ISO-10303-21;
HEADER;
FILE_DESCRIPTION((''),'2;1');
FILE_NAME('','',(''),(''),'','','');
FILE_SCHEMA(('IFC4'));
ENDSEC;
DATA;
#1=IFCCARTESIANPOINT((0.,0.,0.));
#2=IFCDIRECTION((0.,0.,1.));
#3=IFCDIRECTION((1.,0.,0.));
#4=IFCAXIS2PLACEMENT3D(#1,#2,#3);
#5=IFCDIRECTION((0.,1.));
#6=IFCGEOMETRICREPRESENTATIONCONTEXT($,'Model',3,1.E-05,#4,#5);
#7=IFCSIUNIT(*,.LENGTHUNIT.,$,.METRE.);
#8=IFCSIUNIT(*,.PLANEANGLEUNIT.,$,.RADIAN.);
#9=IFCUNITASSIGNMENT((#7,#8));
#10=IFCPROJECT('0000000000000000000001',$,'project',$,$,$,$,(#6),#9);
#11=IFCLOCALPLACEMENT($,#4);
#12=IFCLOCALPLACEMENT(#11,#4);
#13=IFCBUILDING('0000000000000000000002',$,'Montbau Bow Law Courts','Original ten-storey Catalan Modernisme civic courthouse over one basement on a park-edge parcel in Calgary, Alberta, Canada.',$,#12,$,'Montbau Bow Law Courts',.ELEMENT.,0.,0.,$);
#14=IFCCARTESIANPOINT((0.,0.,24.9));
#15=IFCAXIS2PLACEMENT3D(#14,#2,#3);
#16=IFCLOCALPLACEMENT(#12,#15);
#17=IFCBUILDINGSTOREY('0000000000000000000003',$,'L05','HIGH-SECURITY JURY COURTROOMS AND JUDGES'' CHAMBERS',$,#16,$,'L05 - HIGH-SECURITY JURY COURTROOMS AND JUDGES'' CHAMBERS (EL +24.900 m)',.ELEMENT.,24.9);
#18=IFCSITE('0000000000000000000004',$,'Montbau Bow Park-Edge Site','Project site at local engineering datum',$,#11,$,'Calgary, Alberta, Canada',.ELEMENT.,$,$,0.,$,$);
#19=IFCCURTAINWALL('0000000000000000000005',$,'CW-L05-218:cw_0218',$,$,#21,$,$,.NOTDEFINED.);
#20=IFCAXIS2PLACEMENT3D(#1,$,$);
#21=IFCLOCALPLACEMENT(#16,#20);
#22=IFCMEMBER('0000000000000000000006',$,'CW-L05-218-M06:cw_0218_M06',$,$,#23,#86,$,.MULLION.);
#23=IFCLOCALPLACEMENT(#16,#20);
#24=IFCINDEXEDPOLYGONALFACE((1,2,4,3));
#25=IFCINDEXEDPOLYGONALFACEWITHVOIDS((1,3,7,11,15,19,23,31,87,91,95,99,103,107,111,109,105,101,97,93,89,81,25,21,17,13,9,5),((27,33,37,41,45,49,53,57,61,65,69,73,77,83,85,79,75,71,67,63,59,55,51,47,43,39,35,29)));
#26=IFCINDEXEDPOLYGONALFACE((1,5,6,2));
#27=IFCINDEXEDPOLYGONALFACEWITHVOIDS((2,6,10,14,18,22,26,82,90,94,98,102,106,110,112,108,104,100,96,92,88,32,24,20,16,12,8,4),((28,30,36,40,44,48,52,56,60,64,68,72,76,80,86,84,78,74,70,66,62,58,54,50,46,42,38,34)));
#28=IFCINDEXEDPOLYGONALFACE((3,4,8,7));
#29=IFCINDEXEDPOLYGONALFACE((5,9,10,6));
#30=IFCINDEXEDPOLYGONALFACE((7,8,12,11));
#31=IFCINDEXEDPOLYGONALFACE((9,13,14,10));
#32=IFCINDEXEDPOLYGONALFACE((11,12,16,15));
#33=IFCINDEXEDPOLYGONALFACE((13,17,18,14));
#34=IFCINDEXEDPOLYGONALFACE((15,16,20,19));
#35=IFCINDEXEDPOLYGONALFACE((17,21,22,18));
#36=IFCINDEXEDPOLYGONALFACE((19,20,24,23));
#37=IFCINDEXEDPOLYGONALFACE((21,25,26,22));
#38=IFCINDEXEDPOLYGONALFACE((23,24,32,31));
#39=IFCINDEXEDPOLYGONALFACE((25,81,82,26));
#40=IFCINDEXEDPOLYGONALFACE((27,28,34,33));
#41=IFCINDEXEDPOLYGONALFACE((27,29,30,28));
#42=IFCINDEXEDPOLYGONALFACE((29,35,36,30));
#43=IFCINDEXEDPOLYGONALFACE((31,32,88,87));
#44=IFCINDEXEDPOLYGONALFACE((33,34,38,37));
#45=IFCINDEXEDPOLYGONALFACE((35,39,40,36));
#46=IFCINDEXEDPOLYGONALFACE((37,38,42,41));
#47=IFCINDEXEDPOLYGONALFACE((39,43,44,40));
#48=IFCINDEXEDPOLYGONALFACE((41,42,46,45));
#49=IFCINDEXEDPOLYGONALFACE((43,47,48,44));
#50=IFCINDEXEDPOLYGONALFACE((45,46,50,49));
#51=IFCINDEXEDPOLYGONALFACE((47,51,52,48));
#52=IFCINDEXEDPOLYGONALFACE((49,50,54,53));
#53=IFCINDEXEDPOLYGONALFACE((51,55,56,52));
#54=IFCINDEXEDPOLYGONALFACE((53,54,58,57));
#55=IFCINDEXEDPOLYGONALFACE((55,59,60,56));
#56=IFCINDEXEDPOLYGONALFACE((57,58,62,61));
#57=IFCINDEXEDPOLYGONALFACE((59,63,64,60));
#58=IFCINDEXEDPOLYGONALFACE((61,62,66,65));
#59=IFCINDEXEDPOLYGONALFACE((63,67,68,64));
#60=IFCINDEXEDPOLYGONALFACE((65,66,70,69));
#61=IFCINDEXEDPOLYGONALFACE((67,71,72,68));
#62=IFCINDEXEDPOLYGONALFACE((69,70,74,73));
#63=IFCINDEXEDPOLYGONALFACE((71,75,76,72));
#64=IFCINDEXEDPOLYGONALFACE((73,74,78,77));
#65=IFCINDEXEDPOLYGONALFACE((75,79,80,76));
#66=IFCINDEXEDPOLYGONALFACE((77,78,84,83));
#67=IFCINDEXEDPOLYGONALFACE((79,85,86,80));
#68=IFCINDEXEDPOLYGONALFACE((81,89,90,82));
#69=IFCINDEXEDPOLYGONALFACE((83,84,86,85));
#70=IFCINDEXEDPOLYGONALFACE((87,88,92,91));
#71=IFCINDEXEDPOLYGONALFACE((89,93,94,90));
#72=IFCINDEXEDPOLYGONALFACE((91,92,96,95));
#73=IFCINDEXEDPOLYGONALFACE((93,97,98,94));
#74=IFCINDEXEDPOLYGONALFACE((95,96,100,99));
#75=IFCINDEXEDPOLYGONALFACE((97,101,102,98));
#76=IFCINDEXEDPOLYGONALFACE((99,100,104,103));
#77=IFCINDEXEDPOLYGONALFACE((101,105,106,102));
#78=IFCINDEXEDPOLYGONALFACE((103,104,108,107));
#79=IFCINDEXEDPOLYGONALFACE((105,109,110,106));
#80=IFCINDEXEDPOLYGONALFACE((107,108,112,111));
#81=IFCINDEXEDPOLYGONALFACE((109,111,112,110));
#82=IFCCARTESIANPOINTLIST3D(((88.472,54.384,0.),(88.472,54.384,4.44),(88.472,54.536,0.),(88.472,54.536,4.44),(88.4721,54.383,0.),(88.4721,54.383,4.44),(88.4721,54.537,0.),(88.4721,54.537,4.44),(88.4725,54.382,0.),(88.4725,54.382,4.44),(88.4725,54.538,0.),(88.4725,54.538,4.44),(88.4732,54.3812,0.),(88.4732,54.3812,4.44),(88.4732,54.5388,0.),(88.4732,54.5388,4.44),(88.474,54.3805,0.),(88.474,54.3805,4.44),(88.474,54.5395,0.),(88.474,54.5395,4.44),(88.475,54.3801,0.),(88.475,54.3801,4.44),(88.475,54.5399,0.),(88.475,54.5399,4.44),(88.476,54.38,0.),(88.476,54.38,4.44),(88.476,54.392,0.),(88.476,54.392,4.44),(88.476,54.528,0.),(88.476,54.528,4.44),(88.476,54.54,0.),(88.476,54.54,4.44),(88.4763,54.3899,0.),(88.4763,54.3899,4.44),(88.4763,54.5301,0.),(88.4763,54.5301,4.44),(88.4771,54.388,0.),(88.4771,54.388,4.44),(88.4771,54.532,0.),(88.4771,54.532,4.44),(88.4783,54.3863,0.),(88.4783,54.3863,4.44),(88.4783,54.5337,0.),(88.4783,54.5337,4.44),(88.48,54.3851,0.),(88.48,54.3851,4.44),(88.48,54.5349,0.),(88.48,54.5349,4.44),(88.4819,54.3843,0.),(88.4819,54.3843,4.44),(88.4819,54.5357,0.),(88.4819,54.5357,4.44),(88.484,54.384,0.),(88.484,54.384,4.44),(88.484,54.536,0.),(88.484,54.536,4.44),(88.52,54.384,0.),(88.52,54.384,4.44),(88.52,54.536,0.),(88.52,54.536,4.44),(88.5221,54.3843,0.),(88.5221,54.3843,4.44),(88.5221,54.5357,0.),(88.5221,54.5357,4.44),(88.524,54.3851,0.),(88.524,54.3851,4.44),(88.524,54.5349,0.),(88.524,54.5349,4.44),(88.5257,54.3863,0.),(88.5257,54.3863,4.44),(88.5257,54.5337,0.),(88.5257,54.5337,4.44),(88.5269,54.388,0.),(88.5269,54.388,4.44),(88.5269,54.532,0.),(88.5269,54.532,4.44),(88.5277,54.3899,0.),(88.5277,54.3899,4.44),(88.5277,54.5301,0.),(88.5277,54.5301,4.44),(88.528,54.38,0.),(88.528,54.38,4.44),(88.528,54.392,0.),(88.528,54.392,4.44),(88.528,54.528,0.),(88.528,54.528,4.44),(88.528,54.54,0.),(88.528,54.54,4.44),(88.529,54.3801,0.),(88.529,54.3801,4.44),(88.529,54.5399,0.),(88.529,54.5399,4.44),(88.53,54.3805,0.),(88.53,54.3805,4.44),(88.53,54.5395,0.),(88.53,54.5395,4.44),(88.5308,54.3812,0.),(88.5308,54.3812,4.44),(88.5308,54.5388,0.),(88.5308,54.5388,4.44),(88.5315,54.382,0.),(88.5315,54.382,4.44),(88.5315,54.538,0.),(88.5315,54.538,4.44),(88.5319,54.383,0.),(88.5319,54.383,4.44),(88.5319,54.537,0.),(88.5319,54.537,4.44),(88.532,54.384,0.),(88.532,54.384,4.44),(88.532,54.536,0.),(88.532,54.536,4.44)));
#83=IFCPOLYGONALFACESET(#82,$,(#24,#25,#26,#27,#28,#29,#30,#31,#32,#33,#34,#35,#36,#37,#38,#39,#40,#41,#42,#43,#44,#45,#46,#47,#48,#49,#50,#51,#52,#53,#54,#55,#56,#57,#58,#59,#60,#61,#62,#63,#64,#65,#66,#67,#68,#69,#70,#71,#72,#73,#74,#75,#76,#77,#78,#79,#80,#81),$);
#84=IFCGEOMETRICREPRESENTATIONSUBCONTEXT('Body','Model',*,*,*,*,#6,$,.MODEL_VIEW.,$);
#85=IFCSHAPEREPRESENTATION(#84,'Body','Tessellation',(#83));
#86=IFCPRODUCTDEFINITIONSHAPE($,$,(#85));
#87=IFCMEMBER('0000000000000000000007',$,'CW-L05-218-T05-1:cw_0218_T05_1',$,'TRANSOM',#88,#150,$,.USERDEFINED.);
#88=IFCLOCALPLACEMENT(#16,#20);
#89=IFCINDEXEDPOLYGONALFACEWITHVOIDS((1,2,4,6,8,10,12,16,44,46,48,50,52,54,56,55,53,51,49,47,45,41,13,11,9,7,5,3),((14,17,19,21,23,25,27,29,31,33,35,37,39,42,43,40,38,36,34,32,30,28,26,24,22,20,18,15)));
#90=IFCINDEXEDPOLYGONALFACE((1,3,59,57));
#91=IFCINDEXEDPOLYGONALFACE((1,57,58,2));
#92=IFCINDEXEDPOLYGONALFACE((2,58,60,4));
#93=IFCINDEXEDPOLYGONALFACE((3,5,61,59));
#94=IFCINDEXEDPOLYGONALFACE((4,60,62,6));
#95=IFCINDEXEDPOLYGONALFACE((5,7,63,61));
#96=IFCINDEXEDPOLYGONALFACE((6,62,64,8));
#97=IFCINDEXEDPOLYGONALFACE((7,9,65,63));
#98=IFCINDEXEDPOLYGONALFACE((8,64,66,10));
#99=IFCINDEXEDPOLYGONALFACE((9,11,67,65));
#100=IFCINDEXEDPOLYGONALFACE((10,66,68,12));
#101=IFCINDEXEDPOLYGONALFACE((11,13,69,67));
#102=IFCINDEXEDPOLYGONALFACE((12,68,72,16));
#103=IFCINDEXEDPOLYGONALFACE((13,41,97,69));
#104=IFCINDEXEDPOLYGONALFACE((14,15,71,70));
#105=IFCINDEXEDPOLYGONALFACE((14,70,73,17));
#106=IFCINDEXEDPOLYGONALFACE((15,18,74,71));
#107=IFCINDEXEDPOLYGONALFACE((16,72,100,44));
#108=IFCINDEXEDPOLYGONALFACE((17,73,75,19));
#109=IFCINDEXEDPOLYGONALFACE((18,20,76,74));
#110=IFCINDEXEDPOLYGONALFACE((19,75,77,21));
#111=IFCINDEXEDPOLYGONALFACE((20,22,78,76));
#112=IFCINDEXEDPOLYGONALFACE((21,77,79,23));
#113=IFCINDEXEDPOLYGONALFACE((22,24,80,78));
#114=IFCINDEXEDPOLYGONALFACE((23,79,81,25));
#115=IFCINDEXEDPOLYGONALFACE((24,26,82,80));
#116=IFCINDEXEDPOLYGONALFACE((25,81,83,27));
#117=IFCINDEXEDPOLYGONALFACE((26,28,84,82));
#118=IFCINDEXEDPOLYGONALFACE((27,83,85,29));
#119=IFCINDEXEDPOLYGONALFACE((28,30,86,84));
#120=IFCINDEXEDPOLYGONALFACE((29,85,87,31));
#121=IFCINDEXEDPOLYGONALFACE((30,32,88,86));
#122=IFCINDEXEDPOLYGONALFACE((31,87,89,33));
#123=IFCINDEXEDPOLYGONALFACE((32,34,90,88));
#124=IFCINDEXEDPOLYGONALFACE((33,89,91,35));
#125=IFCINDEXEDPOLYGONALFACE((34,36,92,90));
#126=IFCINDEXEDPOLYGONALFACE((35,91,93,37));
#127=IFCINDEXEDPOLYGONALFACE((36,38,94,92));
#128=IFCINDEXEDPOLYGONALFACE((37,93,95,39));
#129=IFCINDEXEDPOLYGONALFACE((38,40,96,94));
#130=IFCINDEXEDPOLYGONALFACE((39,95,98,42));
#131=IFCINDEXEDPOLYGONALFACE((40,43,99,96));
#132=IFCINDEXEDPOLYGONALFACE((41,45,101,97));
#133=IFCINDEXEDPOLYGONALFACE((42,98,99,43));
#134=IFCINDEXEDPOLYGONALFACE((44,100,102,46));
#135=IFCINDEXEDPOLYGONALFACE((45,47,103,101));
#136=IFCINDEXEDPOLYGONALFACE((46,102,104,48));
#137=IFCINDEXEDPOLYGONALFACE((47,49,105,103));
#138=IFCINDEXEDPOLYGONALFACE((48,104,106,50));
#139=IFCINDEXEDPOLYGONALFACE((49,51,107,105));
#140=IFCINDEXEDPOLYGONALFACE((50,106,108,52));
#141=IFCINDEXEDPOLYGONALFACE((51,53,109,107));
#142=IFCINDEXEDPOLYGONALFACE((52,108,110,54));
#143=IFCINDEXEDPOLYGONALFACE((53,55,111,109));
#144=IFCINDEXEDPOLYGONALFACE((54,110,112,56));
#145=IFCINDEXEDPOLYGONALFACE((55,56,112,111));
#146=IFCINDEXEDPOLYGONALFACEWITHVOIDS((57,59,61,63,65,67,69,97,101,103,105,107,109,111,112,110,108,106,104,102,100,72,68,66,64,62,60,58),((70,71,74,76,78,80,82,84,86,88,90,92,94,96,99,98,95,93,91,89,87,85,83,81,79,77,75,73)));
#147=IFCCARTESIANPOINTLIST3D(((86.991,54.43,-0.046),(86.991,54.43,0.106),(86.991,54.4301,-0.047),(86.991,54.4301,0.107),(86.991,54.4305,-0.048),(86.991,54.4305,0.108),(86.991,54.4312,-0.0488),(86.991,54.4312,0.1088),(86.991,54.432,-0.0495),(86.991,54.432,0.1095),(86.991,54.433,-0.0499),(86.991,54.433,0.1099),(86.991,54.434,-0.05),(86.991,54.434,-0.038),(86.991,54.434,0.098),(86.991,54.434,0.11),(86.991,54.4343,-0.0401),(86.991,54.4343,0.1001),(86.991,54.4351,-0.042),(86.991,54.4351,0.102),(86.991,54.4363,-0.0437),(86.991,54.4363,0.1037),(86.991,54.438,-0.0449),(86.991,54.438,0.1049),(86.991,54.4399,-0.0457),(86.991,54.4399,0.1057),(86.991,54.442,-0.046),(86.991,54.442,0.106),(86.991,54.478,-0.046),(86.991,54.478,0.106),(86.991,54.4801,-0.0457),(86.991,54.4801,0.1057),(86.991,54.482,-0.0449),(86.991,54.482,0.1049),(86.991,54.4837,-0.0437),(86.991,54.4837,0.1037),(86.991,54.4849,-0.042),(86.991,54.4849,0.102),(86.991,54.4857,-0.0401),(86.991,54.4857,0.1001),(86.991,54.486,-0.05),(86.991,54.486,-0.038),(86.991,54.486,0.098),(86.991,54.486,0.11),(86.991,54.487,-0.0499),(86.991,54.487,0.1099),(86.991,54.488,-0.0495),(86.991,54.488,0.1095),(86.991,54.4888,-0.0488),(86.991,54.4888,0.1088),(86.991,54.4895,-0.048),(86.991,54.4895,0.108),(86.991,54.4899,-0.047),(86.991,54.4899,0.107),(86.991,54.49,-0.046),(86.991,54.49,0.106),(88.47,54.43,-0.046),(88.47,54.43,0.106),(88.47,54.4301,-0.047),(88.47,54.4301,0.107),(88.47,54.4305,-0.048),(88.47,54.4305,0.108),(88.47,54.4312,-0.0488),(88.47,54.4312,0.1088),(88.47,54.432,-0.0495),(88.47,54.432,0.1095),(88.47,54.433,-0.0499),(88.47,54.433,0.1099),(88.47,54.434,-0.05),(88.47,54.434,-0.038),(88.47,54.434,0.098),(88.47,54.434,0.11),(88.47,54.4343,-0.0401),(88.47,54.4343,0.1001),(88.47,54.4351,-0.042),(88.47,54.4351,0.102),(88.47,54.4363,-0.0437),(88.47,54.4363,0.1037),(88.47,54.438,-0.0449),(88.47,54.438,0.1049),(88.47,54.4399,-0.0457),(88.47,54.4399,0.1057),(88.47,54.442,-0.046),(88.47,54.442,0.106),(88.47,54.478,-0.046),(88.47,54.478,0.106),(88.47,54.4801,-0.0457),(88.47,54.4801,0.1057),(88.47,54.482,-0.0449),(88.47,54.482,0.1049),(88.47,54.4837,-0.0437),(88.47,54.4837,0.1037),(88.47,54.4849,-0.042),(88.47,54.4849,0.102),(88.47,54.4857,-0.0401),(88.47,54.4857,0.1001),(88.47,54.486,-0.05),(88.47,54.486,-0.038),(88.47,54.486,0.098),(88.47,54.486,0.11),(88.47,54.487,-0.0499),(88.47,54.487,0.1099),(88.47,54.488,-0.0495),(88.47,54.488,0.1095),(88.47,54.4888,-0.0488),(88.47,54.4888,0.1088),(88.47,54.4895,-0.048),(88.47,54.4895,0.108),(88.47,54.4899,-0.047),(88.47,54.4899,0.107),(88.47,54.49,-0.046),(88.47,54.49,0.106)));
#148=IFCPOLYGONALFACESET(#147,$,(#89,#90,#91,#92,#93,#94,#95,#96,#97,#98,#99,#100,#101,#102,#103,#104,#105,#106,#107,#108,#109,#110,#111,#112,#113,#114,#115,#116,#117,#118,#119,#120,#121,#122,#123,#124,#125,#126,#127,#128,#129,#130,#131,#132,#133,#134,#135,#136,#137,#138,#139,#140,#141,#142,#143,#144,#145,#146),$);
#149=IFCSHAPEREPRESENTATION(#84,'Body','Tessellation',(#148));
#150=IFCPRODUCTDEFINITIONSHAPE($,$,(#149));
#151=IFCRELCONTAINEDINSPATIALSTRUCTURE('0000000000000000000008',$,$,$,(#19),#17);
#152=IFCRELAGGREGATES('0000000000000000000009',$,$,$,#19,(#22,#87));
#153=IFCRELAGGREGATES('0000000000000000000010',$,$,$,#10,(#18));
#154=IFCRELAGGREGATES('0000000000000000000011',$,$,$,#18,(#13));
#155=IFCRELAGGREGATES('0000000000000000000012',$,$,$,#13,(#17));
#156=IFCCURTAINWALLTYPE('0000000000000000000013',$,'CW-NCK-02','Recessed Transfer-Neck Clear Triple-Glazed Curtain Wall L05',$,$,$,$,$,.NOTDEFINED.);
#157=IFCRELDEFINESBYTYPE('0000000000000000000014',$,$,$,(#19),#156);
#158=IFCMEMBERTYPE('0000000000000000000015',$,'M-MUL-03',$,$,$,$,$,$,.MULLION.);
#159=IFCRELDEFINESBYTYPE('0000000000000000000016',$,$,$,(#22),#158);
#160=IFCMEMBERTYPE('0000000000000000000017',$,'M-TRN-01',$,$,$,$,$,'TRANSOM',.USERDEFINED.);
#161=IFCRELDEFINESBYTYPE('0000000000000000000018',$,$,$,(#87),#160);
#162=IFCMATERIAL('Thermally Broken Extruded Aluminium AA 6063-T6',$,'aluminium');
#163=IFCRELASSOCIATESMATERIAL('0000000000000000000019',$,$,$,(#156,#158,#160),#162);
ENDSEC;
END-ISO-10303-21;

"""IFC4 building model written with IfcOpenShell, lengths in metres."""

from ifc_helpers import new_model, si_unit, direction, frame, origin_with_axes, origin_2d_with_axis, place, context, subcontext, project, spatial, hollow_rectangle, extrude, material, material_profile, profile_set, type_object, element, aggregate, save


model = new_model("IFC4")

# Units and contexts
model_context = context("Model", 3, precision=1e-05, world=origin_with_axes(), true_north=direction((0.0, 1.0)))
body_context = subcontext(model_context, "Body", "Model", "MODEL_VIEW")
ifc_project = project(units=[si_unit("LENGTHUNIT", "METRE"), si_unit("PLANEANGLEUNIT", "RADIAN")], contexts=[model_context])

# Site, building, storey
site_placement = place(None, origin_with_axes())
site = spatial("IfcSite", under=ifc_project, at=site_placement, Name="Montbau Bow Park-Edge Site", Description="Project site at local engineering datum", LongName="Calgary, Alberta, Canada", CompositionType="ELEMENT", RefElevation=0.0)
building_placement = place(site_placement, origin_with_axes())
building = spatial("IfcBuilding", under=site, at=building_placement, Name="Montbau Bow Law Courts", Description="Original ten-storey Catalan Modernisme civic courthouse over one basement on a park-edge parcel in Calgary, Alberta, Canada.", LongName="Montbau Bow Law Courts", CompositionType="ELEMENT", ElevationOfRefHeight=0.0, ElevationOfTerrain=0.0)
storey_placement = place(building_placement, frame((0.0, 0.0, 24.9), z_axis=(0.0, 0.0, 1.0), x_axis=(1.0, 0.0, 0.0)))
storey = spatial("IfcBuildingStorey", under=building, at=storey_placement, Name="L05", Description="HIGH-SECURITY JURY COURTROOMS AND JUDGES' CHAMBERS", LongName="L05 - HIGH-SECURITY JURY COURTROOMS AND JUDGES' CHAMBERS (EL +24.900 m)", CompositionType="ELEMENT", Elevation=24.9)

# Curtain wall, members
ifc_material_1 = material(Name="Thermally Broken Extruded Aluminium AA 6063-T6", Category="aluminium")
curtain_wall_type = type_object("IfcCurtainWallType", Name="CW-NCK-02", Description="Recessed Transfer-Neck Clear Triple-Glazed Curtain Wall L05", PredefinedType="NOTDEFINED", material=ifc_material_1)
curtain_wall_1_placement = place(None, frame((80.668, 54.46, 24.9), z_axis=(0.0, 0.0, 1.0), x_axis=(1.0, 0.0, 0.0)))
curtain_wall_1 = element("IfcCurtainWall", 1, at=curtain_wall_1_placement, inside=storey, type_object=curtain_wall_type, Name="CW-L05-218:cw_0218", PredefinedType="NOTDEFINED")
ifc_material_profile_1 = material_profile(ifc_material_1, hollow_rectangle(XDim=0.06, YDim=0.16, WallThickness=0.004, InnerFilletRadius=0.008, OuterFilletRadius=0.004, at=origin_2d_with_axis()), Name="CWM-160X60", Category="Main", Priority=0)
ifc_profile_set_1 = profile_set([ifc_material_profile_1], Name="Thermally Broken Extruded Aluminium AA 6063-T6")
member_type_1 = type_object("IfcMemberType", Name="M-MUL-03", PredefinedType="MULLION", material=ifc_profile_set_1)
member_1_placement = place(None, frame((88.502, 54.46, 24.9), z_axis=(0.0, 0.0, 1.0), x_axis=(1.0, 0.0, 0.0)))
member_1 = element("IfcMember", 2, at=member_1_placement, type_object=member_type_1, Name="CW-L05-218-M06:cw_0218_M06", PredefinedType="MULLION", context=body_context, shape_type="SweptSolid", body=[
    extrude(hollow_rectangle(XDim=0.06, YDim=0.16, WallThickness=0.004, InnerFilletRadius=0.008, OuterFilletRadius=0.004, at=origin_2d_with_axis()), origin_with_axes(), (0.0, 0.0, 1.0), 4.44),
])
ifc_material_profile_2 = material_profile(ifc_material_1, hollow_rectangle(XDim=0.06, YDim=0.16, WallThickness=0.004, InnerFilletRadius=0.008, OuterFilletRadius=0.004, at=origin_2d_with_axis()), Name="CWT-160X60", Category="Main", Priority=0)
ifc_profile_set_2 = profile_set([ifc_material_profile_2], Name="Thermally Broken Extruded Aluminium AA 6063-T6")
member_type_2 = type_object("IfcMemberType", Name="M-TRN-01", ElementType="TRANSOM", PredefinedType="USERDEFINED", material=ifc_profile_set_2)
member_2_placement = place(None, frame((86.991, 54.46, 24.93), z_axis=(1.0, 0.0, 0.0), x_axis=(0.0, 1.0, 0.0)))
member_2 = element("IfcMember", 3, at=member_2_placement, type_object=member_type_2, Name="CW-L05-218-T05-1:cw_0218_T05_1", ObjectType="TRANSOM", PredefinedType="USERDEFINED", context=body_context, shape_type="SweptSolid", body=[
    extrude(hollow_rectangle(XDim=0.06, YDim=0.16, WallThickness=0.004, InnerFilletRadius=0.008, OuterFilletRadius=0.004, at=origin_2d_with_axis()), origin_with_axes(), (0.0, 0.0, 1.0), 1.479),
])

aggregate(curtain_wall_1, [member_1, member_2])

save(model, "model.ifc")
